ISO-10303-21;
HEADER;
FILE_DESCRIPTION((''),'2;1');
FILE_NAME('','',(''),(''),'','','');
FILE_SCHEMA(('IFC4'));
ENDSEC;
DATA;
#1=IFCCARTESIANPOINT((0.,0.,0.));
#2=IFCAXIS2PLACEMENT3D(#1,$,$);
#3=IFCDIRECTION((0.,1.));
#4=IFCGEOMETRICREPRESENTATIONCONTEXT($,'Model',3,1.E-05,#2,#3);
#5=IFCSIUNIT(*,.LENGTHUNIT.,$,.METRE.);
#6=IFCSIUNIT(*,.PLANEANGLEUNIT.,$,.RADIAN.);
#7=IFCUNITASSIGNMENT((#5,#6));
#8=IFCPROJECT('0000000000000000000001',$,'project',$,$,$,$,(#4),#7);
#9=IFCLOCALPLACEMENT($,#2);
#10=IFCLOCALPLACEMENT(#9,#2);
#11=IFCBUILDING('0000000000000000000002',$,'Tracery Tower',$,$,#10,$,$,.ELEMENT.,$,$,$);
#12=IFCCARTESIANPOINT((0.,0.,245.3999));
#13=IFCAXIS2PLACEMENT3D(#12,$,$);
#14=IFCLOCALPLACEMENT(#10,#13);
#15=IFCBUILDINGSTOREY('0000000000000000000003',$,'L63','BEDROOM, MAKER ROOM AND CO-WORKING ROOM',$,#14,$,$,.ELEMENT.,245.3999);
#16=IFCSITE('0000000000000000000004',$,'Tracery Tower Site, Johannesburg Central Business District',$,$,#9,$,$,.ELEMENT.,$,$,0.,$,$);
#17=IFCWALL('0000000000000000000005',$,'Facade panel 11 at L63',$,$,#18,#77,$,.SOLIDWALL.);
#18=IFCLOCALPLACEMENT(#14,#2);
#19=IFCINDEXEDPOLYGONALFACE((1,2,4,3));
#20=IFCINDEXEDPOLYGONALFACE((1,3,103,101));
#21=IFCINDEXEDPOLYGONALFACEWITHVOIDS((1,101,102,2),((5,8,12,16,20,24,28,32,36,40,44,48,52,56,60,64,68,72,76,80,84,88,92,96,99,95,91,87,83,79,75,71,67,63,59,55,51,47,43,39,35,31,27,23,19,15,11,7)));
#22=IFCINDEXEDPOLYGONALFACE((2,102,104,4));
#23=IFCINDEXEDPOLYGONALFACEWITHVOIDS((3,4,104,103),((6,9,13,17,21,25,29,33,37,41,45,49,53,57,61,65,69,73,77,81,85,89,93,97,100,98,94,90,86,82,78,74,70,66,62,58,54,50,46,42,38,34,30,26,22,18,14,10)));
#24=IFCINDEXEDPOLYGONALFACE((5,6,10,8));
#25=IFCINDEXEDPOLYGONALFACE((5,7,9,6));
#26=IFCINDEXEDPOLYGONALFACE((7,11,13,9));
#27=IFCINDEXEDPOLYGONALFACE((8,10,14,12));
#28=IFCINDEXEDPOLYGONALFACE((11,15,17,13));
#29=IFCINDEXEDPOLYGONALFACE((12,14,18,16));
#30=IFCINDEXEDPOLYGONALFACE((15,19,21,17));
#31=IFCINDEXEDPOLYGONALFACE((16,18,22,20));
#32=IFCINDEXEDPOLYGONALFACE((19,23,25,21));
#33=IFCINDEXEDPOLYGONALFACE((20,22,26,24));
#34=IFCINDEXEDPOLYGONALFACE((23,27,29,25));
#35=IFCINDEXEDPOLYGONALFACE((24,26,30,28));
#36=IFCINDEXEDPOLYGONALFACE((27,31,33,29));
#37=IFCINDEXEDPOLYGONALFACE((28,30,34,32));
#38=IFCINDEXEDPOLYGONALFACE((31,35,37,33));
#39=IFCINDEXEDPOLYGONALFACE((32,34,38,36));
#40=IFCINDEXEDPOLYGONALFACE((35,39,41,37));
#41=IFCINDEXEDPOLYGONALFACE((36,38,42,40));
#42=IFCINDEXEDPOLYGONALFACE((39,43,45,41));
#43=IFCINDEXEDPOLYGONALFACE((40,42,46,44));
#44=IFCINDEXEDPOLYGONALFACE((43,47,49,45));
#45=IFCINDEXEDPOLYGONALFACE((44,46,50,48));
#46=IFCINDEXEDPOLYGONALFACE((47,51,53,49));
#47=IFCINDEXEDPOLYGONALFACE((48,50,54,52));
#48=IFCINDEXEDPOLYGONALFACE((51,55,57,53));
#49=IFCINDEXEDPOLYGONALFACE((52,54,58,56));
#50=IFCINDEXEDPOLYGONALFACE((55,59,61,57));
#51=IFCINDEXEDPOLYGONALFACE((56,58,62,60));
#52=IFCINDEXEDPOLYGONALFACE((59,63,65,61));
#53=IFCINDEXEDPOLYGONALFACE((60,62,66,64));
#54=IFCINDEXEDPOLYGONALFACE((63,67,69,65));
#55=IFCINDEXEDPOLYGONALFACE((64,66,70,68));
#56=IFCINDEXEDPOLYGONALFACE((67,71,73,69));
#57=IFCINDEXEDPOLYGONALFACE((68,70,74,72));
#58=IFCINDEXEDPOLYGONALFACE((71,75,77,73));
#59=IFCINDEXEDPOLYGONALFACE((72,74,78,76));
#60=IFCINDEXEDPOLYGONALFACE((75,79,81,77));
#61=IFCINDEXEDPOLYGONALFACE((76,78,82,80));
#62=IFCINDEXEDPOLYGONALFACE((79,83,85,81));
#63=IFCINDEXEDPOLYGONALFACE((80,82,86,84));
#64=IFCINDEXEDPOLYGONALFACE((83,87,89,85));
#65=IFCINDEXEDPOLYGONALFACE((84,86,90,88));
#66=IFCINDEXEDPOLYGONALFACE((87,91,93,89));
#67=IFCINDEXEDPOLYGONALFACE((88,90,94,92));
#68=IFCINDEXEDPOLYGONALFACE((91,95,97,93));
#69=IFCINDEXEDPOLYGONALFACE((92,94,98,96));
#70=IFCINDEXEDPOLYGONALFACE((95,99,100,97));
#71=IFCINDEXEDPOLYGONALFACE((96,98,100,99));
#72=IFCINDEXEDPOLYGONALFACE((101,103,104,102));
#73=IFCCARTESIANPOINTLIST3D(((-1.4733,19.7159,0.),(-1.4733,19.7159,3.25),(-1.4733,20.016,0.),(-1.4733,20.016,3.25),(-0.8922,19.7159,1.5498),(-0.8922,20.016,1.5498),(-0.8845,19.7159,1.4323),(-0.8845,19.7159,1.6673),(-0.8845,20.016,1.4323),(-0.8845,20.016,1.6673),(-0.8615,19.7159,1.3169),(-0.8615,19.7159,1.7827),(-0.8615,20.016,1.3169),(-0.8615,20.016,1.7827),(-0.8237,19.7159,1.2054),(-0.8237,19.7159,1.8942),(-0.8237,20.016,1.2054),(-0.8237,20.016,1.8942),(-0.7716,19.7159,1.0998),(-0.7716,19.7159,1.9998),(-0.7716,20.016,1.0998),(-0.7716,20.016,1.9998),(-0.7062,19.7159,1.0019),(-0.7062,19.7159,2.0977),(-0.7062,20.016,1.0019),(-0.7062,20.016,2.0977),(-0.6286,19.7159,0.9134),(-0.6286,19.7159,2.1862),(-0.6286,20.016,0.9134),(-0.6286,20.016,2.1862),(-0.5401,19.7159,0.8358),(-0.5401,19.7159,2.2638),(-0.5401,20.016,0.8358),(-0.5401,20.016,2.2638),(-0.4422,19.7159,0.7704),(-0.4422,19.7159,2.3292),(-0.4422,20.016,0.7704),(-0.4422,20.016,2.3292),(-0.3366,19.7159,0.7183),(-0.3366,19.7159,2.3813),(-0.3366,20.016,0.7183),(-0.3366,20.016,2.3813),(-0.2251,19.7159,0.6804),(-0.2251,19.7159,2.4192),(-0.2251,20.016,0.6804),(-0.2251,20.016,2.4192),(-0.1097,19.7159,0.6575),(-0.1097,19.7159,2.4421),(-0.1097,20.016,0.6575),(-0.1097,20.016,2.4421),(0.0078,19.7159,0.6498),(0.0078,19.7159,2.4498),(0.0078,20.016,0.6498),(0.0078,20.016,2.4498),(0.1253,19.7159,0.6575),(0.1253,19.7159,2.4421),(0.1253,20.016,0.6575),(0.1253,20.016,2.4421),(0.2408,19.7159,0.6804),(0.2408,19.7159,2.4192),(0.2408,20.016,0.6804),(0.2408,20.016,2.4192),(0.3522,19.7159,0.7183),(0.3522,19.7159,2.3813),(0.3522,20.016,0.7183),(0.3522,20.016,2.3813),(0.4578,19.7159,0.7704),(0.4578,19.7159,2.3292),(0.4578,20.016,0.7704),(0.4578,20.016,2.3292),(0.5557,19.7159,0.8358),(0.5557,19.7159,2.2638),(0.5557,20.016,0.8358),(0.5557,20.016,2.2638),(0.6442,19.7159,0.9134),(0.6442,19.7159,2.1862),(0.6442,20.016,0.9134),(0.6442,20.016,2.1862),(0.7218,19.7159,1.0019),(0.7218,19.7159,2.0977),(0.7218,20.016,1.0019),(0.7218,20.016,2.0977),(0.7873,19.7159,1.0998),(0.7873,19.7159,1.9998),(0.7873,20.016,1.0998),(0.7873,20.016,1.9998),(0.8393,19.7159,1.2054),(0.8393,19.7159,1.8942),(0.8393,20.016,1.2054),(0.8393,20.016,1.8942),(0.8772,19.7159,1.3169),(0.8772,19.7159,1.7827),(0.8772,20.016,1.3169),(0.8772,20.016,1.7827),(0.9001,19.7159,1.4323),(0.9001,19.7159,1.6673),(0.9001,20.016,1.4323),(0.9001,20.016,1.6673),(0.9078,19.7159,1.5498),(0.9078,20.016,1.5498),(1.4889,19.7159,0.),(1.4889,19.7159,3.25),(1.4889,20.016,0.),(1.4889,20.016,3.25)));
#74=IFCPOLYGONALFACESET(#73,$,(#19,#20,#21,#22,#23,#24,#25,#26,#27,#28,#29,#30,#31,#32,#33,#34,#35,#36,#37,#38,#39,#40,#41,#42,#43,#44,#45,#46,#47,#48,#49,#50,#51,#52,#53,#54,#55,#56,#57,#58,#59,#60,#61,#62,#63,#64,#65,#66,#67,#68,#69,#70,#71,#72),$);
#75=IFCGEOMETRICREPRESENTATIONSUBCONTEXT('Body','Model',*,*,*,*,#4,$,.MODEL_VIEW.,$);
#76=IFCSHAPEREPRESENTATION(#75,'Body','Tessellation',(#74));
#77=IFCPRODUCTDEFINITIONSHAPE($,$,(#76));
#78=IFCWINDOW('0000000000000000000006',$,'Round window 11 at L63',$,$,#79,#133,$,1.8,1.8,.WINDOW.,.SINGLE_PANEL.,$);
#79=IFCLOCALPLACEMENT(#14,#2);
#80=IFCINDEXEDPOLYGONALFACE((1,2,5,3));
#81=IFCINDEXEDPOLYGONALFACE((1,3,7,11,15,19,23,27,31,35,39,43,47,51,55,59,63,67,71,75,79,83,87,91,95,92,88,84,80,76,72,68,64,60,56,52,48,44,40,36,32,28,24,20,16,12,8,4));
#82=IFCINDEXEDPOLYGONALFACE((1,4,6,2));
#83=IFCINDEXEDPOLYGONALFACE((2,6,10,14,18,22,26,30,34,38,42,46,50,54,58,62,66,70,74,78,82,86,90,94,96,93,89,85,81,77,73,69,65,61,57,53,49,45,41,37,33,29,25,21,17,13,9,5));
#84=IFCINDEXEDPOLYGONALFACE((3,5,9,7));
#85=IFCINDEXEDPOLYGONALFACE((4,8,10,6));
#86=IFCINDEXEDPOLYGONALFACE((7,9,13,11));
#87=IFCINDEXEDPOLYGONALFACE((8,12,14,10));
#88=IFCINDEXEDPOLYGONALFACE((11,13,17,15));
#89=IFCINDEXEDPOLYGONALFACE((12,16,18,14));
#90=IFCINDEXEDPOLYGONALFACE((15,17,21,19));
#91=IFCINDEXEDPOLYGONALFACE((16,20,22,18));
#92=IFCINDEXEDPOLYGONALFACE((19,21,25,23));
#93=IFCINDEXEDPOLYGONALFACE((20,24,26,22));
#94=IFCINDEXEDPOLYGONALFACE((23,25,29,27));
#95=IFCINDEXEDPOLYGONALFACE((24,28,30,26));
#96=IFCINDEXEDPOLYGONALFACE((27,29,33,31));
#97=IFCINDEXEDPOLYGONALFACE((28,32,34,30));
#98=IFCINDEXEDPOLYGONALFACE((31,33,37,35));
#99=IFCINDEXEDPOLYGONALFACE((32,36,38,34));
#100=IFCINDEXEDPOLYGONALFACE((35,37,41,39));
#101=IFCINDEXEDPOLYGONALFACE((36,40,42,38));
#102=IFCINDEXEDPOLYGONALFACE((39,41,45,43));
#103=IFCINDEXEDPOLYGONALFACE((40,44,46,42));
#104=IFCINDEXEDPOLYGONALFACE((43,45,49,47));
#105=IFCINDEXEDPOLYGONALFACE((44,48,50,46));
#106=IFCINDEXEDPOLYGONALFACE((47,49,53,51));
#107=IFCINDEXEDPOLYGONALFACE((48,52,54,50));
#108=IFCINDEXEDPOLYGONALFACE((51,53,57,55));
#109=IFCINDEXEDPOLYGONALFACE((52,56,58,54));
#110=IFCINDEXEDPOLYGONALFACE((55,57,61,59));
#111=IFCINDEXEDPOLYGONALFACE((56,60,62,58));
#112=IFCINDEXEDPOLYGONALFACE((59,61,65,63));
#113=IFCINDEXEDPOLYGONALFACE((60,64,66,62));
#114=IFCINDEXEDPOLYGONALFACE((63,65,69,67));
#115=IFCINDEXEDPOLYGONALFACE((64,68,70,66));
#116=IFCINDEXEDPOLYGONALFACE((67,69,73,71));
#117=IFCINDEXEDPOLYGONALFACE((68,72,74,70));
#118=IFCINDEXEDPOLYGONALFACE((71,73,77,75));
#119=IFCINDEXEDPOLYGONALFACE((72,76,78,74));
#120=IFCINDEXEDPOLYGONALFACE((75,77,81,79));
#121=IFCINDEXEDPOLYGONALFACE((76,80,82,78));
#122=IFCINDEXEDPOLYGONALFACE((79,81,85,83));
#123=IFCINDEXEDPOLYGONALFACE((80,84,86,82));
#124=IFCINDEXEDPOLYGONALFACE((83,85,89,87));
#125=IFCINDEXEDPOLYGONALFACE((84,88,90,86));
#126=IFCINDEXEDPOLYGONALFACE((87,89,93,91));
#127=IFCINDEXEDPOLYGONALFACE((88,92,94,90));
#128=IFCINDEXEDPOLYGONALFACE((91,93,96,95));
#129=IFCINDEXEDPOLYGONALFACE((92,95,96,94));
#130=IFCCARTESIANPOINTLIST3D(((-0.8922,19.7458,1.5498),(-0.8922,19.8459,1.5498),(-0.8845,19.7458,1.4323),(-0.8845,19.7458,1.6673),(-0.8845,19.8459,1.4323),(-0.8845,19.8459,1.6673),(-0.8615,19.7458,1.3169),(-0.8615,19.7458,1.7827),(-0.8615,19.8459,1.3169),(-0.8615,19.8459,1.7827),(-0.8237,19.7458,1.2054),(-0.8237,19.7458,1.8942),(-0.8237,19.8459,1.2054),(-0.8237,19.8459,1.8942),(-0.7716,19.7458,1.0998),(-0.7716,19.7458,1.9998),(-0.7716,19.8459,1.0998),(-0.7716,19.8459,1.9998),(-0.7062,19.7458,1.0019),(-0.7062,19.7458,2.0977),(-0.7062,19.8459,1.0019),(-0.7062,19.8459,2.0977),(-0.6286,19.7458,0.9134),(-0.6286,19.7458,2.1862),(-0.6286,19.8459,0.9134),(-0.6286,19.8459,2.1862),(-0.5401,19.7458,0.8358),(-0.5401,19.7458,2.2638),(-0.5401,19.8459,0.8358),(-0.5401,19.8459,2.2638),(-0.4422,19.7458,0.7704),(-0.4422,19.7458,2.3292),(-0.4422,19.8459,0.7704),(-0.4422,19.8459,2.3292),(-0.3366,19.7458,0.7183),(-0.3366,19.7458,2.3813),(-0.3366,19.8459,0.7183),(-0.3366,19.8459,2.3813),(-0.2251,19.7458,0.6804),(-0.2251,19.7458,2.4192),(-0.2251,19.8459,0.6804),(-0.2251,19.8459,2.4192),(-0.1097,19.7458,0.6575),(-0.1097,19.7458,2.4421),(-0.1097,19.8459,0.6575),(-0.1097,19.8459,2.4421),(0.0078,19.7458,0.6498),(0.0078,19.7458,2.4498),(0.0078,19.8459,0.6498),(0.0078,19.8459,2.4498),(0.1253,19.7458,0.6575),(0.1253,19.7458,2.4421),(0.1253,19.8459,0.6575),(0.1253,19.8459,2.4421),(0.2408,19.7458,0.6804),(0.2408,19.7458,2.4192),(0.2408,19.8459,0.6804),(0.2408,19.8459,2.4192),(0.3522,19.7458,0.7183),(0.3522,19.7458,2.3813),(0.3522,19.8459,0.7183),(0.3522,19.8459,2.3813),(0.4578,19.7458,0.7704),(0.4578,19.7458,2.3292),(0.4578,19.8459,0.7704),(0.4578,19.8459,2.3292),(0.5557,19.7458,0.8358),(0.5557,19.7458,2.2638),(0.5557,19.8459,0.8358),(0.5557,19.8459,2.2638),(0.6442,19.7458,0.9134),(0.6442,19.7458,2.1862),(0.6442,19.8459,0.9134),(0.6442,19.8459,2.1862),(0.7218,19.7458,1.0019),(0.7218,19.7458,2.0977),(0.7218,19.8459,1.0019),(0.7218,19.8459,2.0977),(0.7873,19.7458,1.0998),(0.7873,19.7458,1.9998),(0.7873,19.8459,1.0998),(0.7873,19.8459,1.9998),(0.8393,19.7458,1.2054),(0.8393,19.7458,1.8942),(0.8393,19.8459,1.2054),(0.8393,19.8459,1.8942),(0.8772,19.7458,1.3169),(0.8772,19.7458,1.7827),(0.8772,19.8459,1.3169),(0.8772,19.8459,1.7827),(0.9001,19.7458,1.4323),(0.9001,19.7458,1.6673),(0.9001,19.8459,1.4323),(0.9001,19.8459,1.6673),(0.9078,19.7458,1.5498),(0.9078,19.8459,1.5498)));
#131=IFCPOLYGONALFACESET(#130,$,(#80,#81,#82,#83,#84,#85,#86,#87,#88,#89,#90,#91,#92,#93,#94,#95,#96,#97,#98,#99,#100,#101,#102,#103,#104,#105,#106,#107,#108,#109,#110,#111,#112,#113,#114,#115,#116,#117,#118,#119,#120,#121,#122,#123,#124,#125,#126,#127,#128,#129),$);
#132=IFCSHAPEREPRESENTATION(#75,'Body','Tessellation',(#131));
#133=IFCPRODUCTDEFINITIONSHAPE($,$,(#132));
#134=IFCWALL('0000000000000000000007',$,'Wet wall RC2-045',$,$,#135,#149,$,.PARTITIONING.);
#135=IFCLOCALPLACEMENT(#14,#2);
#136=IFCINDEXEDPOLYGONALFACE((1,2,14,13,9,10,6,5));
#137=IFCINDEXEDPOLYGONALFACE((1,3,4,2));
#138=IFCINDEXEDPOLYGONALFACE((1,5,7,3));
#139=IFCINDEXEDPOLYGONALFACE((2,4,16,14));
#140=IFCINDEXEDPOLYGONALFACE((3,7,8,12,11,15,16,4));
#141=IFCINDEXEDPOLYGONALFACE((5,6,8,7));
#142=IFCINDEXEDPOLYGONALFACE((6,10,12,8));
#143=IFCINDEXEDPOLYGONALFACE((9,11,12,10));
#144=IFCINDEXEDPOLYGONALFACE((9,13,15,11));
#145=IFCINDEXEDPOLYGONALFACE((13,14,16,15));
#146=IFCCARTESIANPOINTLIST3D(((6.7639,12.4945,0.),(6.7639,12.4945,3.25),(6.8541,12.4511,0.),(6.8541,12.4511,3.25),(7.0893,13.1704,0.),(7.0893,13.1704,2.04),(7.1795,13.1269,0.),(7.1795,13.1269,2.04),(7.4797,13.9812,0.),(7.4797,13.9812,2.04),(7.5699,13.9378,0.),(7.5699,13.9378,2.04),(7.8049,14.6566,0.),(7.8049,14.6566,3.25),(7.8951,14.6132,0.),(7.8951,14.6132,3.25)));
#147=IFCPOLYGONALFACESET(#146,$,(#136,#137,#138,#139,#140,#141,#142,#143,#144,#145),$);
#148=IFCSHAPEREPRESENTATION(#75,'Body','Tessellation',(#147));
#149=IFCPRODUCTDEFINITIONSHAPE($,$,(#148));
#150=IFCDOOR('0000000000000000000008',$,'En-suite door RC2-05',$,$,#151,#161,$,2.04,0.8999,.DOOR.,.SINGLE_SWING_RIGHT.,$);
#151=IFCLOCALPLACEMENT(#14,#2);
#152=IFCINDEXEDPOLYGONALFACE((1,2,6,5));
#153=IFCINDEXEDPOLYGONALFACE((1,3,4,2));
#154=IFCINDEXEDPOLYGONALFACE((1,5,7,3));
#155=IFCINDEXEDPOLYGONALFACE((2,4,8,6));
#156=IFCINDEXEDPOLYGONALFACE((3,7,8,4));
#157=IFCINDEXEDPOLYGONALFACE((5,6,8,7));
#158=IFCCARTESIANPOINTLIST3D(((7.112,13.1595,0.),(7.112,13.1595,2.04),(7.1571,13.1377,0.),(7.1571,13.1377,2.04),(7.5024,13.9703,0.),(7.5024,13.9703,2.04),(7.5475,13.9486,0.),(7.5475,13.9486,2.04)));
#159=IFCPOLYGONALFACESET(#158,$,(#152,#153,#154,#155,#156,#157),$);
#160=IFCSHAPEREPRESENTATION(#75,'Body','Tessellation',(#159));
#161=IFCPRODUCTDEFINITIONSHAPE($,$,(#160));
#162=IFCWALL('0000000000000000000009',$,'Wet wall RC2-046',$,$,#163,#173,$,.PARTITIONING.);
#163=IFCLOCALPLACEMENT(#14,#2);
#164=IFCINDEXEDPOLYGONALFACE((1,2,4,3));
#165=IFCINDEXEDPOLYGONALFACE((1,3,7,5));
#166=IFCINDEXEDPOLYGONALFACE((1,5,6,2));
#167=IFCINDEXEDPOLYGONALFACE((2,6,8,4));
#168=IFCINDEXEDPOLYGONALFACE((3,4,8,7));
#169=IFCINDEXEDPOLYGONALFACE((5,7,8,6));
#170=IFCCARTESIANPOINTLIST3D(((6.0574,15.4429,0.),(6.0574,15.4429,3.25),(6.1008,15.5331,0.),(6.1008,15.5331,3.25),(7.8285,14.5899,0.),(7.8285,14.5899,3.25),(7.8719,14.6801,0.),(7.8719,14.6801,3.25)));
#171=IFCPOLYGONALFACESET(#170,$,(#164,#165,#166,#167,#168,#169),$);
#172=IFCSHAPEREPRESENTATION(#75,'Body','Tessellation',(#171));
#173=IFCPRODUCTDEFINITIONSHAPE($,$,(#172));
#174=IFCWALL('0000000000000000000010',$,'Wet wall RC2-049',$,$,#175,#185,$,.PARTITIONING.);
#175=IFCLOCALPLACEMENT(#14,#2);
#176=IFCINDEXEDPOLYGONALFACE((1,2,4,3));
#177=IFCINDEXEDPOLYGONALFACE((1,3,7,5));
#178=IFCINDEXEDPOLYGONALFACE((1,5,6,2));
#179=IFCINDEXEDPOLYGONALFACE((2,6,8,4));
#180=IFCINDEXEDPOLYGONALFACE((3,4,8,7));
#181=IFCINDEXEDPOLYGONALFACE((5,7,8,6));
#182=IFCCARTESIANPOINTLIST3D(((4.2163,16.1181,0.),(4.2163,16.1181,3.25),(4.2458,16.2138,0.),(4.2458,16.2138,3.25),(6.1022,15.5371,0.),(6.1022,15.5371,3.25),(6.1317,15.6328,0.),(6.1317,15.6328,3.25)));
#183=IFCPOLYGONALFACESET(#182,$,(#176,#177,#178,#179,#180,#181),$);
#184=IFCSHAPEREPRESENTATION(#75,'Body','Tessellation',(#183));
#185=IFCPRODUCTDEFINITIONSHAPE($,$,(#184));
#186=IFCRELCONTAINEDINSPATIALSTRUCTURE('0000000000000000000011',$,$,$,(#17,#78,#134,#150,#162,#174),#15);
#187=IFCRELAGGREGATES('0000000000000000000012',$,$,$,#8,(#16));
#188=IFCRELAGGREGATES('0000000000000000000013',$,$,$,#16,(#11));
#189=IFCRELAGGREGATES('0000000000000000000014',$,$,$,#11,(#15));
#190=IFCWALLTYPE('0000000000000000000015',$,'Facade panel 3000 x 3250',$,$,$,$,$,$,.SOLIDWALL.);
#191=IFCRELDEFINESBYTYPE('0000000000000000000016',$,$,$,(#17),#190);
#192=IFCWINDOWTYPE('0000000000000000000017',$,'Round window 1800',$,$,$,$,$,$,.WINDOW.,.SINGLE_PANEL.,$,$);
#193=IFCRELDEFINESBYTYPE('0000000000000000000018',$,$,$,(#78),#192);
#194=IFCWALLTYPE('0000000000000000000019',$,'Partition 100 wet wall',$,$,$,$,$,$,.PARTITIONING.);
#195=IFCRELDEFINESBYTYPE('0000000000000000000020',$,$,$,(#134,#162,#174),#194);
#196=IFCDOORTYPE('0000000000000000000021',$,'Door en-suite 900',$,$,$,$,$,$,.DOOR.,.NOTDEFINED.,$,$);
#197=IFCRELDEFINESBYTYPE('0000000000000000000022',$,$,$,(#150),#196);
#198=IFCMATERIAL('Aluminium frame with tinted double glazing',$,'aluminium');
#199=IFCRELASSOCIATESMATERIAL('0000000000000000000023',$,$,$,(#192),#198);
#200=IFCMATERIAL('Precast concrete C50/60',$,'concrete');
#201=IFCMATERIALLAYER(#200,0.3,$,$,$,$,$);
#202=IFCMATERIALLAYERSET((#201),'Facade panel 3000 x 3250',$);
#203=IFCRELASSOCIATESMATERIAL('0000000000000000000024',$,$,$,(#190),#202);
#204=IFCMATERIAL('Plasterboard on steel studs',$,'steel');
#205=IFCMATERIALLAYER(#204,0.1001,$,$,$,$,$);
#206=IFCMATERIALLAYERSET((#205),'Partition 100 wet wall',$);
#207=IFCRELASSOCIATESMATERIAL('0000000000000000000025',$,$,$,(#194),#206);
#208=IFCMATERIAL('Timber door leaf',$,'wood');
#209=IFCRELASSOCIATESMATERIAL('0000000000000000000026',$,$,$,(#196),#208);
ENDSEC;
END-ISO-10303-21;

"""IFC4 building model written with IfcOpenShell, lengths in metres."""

from ifc_helpers import new_model, si_unit, direction, frame, frame_2d, origin, origin_2d, place, context, subcontext, project, spatial, rectangle, circle, extrude, material, layer, layer_set, type_object, element, fill, save


model = new_model("IFC4")

# Units and contexts
model_context = context("Model", 3, precision=1e-05, world=origin(), true_north=direction((0.0, 1.0)))
body_context = subcontext(model_context, "Body", "Model", "MODEL_VIEW")
ifc_project = project(units=[si_unit("LENGTHUNIT", "METRE"), si_unit("PLANEANGLEUNIT", "RADIAN")], contexts=[model_context])

# Site, building, storey
site_placement = place(None, origin())
site = spatial("IfcSite", under=ifc_project, at=site_placement, Name="Tracery Tower Site, Johannesburg Central Business District", CompositionType="ELEMENT", RefElevation=0.0)
building_placement = place(site_placement, origin())
building = spatial("IfcBuilding", under=site, at=building_placement, Name="Tracery Tower", CompositionType="ELEMENT")
storey_placement = place(building_placement, frame((0.0, 0.0, 245.3999)))
storey = spatial("IfcBuildingStorey", under=building, at=storey_placement, Name="L63", Description="BEDROOM, MAKER ROOM AND CO-WORKING ROOM", CompositionType="ELEMENT", Elevation=245.3999)

# Wall, opening, window
ifc_material_1 = material(Name="Aluminium frame with tinted double glazing", Category="aluminium")
window_type = type_object("IfcWindowType", Name="Round window 1800", PartitioningType="SINGLE_PANEL", PredefinedType="WINDOW", material=ifc_material_1)
ifc_material_2 = material(Name="Precast concrete C50/60", Category="concrete")
ifc_layer_1 = layer(ifc_material_2, 0.3)
ifc_layer_set_1 = layer_set([ifc_layer_1], Name="Facade panel 3000 x 3250")
wall_type_1 = type_object("IfcWallType", Name="Facade panel 3000 x 3250", PredefinedType="SOLIDWALL", material=ifc_layer_set_1)
wall_1_placement = place(storey_placement, frame((1.4888, 19.866, 0.0), z_axis=(0.0, 0.0, 1.0), x_axis=(-1.0, 0.0, 0.0)))
wall_1 = element("IfcWall", 1, at=wall_1_placement, inside=storey, type_object=wall_type_1, Name="Facade panel 11 at L63", PredefinedType="SOLIDWALL", context=body_context, shape_type="SweptSolid", body=[
    extrude(rectangle(XDim=2.9622, YDim=0.3, at=frame_2d((1.481, 0.0))), origin(), (0.0, 0.0, 1.0), 3.25),
])
opening_1_placement = place(wall_1_placement, frame((1.481, 0.0, 1.5498)))
opening_1 = element("IfcOpeningElement", 2, at=opening_1_placement, cuts=wall_1, PredefinedType="OPENING", context=body_context, shape_type="SweptSolid", body=[
    extrude(circle(Radius=0.9, at=origin_2d()), frame((0.0, 0.1599, 0.0), z_axis=(0.0, -1.0, 0.0), x_axis=(1.0, 0.0, 0.0)), (0.0, 0.0, 1.0), 0.3201),
])
window_1_placement = place(opening_1_placement, origin())
window_1 = element("IfcWindow", 3, at=window_1_placement, inside=storey, type_object=window_type, Name="Round window 11 at L63", OverallHeight=1.8, OverallWidth=1.8, PartitioningType="SINGLE_PANEL", PredefinedType="WINDOW", context=body_context, shape_type="SweptSolid", body=[
    extrude(circle(Radius=0.9, at=origin_2d()), frame((0.0, 0.1201, 0.0), z_axis=(0.0, -1.0, 0.0), x_axis=(1.0, 0.0, 0.0)), (0.0, 0.0, 1.0), 0.1001),
])
fill(opening_1, window_1)

# Wall, opening, door
ifc_material_3 = material(Name="Plasterboard on steel studs", Category="steel")
ifc_layer_2 = layer(ifc_material_3, 0.1001)
ifc_layer_set_2 = layer_set([ifc_layer_2], Name="Partition 100 wet wall")
wall_type_2 = type_object("IfcWallType", Name="Partition 100 wet wall", PredefinedType="PARTITIONING", material=ifc_layer_set_2)
wall_2_placement = place(storey_placement, frame((6.8091, 12.4729, 0.0), z_axis=(0.0, 0.0, 1.0), x_axis=(0.433816, 0.901002, 0.0)))
wall_2 = element("IfcWall", 4, at=wall_2_placement, inside=storey, type_object=wall_type_2, Name="Wet wall RC2-045", PredefinedType="PARTITIONING", context=body_context, shape_type="SweptSolid", body=[
    extrude(rectangle(XDim=2.3997, YDim=0.1001, at=frame_2d((1.1997, 0.0))), origin(), (0.0, 0.0, 1.0), 3.25),
])
opening_2_placement = place(wall_2_placement, frame((0.75, 0.0, 0.0)))
opening_2 = element("IfcOpeningElement", 5, at=opening_2_placement, cuts=wall_2, PredefinedType="OPENING", context=body_context, shape_type="SweptSolid", body=[
    extrude(rectangle(XDim=0.8999, YDim=2.04, at=frame_2d((0.45, 1.02))), frame((0.0, 0.05, 0.0), z_axis=(0.0, -1.0, 0.0), x_axis=(1.0, 0.0, 0.0)), (0.0, 0.0, 1.0), 0.1001),
])
ifc_material_4 = material(Name="Timber door leaf", Category="wood")
door_type_1 = type_object("IfcDoorType", Name="Door en-suite 900", OperationType="NOTDEFINED", PredefinedType="DOOR", material=ifc_material_4)
door_1_placement = place(opening_2_placement, origin())
door_1 = element("IfcDoor", 6, at=door_1_placement, inside=storey, type_object=door_type_1, Name="En-suite door RC2-05", OperationType="SINGLE_SWING_RIGHT", OverallHeight=2.04, OverallWidth=0.8999, PredefinedType="DOOR", context=body_context, shape_type="SweptSolid", body=[
    extrude(rectangle(XDim=0.8999, YDim=2.04, at=frame_2d((0.45, 1.02))), frame((0.0, 0.0249, 0.0), z_axis=(0.0, -1.0, 0.0), x_axis=(1.0, 0.0, 0.0)), (0.0, 0.0, 1.0), 0.05),
])
fill(opening_2, door_1)

# Walls
wall_3_placement = place(storey_placement, frame((6.0791, 15.488, 0.0), z_axis=(0.0, 0.0, 1.0), x_axis=(0.900937, -0.43395, 0.0)))
element("IfcWall", 7, at=wall_3_placement, inside=storey, type_object=wall_type_2, Name="Wet wall RC2-046", PredefinedType="PARTITIONING", context=body_context, shape_type="SweptSolid", body=[
    extrude(rectangle(XDim=1.9658, YDim=0.1001, at=frame_2d((0.9829, 0.0))), origin(), (0.0, 0.0, 1.0), 3.25),
])
wall_4_placement = place(storey_placement, frame((4.231, 16.166, 0.0), z_axis=(0.0, 0.0, 1.0), x_axis=(0.955672, -0.294434, 0.0)))
element("IfcWall", 8, at=wall_4_placement, inside=storey, type_object=wall_type_2, Name="Wet wall RC2-049", PredefinedType="PARTITIONING", context=body_context, shape_type="SweptSolid", body=[
    extrude(rectangle(XDim=1.9734, YDim=0.1001, at=frame_2d((0.9868, 0.0))), origin(), (0.0, 0.0, 1.0), 3.25),
])

save(model, "model.ifc")
